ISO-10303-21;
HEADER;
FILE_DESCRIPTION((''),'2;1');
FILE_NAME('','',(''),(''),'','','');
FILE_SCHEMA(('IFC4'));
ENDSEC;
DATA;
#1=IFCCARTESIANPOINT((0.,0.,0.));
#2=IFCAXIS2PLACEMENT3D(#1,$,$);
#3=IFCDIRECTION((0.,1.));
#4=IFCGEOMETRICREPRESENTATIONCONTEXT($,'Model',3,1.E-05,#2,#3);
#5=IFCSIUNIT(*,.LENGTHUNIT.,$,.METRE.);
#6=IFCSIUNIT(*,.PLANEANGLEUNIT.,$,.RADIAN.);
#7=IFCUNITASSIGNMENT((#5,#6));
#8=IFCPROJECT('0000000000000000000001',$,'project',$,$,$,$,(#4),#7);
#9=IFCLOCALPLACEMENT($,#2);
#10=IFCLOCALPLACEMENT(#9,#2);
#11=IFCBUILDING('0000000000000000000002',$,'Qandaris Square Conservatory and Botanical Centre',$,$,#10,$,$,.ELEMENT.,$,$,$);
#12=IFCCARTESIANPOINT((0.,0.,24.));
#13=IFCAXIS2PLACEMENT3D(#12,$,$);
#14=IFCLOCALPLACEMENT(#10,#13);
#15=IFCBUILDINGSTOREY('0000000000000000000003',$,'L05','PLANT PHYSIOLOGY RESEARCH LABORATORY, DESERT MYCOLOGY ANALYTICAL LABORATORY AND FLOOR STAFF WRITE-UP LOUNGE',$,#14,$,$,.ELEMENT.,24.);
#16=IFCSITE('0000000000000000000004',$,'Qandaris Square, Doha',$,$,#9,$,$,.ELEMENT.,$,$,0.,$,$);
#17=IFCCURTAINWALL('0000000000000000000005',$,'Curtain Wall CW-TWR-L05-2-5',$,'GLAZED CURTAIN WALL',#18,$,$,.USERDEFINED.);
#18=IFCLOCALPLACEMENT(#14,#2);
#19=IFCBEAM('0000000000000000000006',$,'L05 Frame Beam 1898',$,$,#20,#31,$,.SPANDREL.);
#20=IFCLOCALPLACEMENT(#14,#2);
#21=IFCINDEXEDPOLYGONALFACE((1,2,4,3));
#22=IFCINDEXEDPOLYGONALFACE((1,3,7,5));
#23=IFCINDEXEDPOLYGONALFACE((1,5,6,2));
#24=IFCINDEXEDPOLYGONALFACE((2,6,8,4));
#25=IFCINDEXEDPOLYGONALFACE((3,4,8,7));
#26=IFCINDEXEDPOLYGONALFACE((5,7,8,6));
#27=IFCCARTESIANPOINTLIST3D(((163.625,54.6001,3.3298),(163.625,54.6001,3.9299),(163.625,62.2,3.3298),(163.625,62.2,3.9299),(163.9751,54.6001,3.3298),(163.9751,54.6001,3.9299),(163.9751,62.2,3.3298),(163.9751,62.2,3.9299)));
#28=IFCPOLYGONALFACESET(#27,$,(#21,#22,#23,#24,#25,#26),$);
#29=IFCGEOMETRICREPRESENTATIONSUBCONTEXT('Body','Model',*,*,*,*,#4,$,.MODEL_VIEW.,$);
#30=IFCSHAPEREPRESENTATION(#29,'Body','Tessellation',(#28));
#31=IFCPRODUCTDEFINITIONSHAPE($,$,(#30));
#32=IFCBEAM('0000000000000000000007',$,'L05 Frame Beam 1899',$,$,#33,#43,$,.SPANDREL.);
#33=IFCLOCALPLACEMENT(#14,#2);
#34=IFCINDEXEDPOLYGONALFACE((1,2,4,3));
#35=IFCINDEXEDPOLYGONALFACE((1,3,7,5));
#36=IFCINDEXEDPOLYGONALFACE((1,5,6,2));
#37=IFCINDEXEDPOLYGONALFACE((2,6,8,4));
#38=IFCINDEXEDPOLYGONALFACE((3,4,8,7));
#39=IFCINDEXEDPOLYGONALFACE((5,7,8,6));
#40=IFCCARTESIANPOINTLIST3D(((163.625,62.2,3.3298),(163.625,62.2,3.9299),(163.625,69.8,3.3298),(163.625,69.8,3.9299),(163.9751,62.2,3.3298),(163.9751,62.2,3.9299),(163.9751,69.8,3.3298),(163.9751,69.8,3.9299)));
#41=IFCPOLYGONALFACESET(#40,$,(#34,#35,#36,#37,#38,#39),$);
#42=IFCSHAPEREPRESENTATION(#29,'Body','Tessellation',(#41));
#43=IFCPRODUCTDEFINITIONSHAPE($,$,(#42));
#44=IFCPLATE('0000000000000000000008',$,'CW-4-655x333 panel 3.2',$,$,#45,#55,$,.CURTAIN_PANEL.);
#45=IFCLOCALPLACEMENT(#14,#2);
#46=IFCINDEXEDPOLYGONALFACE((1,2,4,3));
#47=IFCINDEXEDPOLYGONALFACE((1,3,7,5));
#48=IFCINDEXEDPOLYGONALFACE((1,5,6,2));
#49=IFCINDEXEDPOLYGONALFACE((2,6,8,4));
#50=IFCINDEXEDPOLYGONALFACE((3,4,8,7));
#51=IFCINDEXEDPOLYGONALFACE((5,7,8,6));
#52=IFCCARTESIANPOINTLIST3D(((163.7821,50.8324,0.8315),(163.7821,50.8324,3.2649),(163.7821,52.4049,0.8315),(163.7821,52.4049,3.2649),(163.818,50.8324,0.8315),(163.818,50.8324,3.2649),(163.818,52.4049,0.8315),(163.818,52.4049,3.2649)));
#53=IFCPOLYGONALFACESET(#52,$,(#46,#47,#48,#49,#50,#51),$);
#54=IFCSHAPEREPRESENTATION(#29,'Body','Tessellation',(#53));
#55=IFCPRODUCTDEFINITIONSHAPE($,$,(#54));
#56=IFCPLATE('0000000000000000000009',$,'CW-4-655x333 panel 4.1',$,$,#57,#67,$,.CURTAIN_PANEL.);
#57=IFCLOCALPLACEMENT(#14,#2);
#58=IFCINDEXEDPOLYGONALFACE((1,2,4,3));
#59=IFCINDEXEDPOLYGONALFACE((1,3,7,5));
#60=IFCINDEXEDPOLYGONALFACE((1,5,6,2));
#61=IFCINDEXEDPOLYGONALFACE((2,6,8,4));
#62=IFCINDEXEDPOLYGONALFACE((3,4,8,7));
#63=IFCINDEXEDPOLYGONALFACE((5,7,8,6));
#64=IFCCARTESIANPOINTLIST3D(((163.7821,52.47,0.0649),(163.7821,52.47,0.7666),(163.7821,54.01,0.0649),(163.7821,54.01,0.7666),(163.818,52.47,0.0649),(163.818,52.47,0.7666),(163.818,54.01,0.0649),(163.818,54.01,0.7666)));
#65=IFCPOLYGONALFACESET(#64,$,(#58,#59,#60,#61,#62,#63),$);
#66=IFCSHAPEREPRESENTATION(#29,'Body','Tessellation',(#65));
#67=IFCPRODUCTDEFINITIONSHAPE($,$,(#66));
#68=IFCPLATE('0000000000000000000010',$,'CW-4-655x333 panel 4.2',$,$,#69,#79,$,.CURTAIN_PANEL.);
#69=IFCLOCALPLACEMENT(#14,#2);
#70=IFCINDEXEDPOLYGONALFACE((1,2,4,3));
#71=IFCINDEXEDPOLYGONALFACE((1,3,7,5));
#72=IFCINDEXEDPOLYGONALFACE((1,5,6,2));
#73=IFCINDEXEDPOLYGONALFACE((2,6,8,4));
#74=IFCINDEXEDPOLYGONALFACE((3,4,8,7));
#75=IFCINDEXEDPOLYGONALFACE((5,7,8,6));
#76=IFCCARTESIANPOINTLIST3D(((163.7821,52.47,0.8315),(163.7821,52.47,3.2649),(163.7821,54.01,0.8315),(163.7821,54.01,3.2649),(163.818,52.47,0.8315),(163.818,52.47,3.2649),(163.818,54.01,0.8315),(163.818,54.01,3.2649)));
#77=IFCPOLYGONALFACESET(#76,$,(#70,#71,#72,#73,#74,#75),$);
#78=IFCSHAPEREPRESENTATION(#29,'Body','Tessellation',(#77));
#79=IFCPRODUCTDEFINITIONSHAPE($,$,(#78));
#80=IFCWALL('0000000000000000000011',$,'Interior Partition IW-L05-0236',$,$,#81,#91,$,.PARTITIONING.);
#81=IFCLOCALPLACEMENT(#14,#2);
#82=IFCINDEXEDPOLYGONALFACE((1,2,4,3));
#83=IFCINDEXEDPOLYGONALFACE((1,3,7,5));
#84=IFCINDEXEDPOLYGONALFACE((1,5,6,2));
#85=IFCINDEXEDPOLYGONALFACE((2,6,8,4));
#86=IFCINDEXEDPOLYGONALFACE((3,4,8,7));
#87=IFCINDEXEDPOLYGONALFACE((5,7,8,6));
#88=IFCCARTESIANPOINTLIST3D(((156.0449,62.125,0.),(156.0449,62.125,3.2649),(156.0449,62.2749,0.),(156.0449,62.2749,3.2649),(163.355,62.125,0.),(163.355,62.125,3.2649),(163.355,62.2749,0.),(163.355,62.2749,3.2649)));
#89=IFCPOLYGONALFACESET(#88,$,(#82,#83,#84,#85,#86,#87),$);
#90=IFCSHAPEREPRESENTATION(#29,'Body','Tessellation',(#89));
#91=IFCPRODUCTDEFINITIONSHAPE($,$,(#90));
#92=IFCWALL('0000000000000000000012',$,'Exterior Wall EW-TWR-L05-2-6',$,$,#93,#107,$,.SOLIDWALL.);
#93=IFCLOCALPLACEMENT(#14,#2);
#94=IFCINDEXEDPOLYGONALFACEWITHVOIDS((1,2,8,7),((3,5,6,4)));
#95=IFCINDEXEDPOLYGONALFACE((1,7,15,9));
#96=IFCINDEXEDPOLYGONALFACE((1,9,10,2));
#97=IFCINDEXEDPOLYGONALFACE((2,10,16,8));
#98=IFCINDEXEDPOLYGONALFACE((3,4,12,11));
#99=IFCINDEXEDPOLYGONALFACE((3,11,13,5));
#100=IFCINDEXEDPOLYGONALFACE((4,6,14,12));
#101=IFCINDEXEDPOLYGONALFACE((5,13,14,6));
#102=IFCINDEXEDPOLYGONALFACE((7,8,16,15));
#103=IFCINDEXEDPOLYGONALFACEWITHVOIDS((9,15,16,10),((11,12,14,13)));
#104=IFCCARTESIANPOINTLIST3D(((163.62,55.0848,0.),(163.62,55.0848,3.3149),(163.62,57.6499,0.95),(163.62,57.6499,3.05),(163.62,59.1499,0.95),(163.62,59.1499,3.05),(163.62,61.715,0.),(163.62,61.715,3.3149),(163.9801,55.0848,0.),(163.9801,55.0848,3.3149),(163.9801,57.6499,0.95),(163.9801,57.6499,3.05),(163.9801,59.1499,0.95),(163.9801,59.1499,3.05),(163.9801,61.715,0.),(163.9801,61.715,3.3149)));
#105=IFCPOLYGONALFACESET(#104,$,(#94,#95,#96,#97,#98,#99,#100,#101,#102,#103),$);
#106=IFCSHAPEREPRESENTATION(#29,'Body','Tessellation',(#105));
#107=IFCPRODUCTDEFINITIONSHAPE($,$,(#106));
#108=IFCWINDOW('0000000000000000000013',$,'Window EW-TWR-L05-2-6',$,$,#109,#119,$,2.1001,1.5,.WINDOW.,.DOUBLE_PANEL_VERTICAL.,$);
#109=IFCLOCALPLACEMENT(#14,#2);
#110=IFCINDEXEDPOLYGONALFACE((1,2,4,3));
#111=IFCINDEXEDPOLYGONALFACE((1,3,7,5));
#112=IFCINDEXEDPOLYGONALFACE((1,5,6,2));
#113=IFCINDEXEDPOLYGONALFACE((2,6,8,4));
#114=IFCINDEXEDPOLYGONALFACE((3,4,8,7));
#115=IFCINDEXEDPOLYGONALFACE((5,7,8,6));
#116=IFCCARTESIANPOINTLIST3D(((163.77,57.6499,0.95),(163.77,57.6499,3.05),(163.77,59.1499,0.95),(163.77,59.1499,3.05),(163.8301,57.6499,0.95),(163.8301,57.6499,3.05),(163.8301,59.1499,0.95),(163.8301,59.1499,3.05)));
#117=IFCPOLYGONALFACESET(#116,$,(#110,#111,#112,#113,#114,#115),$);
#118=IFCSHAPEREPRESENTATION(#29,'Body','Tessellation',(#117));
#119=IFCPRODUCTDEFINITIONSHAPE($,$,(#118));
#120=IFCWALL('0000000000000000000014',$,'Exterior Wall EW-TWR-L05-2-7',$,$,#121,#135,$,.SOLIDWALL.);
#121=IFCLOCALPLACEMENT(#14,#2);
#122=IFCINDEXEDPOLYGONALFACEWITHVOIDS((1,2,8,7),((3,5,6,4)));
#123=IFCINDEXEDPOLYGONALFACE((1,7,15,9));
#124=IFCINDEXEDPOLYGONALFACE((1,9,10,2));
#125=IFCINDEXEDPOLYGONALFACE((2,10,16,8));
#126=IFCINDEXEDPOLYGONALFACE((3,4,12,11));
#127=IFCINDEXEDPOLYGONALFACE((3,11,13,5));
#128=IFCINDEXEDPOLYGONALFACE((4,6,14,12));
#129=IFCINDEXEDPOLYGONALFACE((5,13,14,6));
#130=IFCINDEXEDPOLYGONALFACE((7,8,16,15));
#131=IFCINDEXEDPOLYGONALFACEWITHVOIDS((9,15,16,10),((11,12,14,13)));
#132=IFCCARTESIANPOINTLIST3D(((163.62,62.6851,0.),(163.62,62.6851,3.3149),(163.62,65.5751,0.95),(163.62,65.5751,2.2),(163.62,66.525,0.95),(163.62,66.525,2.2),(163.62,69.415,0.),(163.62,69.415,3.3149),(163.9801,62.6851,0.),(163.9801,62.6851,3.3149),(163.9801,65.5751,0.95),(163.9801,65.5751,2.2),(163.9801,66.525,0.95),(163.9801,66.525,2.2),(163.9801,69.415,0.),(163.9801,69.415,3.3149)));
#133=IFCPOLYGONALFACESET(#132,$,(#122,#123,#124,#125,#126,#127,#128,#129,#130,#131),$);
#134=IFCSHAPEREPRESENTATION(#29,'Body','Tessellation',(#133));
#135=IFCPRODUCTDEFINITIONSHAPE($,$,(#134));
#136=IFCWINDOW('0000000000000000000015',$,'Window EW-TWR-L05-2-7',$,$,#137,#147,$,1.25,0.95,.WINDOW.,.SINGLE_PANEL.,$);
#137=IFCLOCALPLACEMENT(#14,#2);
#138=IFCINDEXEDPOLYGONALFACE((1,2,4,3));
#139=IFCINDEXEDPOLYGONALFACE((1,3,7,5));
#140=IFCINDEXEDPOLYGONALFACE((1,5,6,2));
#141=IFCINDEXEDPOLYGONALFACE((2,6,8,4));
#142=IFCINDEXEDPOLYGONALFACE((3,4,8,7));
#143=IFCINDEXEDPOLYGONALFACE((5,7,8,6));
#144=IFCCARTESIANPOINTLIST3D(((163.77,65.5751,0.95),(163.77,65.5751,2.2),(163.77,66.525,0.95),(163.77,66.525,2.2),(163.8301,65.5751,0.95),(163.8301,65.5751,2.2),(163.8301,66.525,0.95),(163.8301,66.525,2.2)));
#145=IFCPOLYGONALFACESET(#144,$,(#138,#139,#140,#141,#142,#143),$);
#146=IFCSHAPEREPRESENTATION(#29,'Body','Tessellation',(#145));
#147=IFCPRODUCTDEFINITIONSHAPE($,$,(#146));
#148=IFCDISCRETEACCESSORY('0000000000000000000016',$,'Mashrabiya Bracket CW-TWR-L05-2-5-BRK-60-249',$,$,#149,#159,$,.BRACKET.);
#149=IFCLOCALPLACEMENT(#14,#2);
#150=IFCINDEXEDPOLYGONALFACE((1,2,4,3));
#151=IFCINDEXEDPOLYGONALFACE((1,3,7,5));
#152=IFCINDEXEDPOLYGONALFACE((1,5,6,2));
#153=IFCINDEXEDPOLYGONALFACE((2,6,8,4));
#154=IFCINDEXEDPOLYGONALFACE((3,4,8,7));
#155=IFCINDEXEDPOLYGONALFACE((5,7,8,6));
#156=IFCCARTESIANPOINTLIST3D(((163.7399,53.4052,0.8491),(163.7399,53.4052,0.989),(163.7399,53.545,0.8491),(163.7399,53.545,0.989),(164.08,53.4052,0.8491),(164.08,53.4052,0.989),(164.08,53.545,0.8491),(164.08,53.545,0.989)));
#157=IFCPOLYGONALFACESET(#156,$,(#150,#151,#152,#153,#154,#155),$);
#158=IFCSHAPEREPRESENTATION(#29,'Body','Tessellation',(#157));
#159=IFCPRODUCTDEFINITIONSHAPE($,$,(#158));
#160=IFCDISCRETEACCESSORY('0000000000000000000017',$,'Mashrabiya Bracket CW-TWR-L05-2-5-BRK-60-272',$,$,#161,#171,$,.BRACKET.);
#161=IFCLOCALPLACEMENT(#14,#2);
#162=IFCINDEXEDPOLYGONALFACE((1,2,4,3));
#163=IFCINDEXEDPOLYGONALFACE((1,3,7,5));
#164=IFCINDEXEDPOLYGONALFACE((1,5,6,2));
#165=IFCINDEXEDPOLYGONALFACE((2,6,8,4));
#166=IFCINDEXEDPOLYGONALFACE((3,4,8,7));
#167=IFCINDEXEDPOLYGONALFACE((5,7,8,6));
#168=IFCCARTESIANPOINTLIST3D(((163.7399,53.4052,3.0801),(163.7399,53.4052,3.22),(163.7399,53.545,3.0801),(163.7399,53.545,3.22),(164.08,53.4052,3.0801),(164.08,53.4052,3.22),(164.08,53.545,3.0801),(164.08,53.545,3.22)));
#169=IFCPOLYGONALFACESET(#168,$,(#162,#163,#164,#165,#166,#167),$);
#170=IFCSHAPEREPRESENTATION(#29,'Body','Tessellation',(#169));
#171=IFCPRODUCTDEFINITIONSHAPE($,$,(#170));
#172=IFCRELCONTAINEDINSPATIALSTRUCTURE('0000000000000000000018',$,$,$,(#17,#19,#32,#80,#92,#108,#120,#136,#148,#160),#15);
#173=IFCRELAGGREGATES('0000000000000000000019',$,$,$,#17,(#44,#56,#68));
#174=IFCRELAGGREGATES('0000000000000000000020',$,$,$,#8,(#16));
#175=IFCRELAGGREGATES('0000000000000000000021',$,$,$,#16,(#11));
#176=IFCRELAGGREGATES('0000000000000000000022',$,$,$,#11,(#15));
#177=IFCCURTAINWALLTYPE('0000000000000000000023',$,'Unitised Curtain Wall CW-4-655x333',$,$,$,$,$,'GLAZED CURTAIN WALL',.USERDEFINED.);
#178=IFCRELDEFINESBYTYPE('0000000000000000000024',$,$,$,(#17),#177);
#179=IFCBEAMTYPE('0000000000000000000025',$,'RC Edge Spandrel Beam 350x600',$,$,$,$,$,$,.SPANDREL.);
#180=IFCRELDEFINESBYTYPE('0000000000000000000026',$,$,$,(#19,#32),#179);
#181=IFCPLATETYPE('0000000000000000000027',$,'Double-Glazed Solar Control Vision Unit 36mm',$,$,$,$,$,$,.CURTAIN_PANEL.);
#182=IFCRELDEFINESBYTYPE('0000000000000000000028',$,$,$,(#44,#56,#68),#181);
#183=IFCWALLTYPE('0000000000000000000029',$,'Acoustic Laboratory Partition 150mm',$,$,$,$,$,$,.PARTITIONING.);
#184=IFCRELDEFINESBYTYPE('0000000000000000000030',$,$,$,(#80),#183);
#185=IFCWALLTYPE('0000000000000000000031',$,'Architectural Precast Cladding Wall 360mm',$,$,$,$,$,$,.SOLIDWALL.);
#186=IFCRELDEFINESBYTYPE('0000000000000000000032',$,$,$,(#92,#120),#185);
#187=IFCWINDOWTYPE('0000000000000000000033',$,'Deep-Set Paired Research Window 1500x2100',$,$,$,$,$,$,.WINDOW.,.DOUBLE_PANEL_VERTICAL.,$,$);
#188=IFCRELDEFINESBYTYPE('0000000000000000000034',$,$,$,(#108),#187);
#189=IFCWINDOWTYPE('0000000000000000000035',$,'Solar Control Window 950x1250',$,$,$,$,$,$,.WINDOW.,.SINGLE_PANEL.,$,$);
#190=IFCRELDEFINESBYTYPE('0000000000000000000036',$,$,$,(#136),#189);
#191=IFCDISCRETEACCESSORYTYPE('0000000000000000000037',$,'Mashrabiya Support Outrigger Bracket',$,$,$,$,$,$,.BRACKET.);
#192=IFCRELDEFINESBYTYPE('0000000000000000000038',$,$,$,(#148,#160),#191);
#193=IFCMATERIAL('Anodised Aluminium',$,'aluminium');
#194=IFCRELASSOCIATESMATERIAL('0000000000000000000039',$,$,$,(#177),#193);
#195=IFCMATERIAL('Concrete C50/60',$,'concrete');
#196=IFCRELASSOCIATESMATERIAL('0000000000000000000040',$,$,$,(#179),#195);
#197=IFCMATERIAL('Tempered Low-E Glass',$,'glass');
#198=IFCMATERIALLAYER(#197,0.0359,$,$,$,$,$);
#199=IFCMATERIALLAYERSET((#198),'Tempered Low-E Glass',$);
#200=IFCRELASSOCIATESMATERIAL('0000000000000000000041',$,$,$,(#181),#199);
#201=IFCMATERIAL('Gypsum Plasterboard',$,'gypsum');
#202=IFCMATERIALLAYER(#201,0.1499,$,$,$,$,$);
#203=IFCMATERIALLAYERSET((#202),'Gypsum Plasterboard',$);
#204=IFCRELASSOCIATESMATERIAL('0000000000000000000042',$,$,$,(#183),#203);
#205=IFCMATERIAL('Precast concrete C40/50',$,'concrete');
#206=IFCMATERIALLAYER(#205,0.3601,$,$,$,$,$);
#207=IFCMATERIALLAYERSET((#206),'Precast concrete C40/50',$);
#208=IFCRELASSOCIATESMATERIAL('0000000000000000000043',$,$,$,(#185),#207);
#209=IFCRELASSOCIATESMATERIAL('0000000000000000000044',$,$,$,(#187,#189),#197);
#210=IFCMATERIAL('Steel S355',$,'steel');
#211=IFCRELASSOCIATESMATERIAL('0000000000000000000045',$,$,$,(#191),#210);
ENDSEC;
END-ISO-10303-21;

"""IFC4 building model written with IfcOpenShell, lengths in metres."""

from ifc_helpers import new_model, si_unit, direction, frame, frame_2d, origin, origin_2d, place, context, subcontext, project, spatial, rectangle, extrude, material, layer, layer_set, material_profile, profile_set, type_object, element, fill, aggregate, save


model = new_model("IFC4")

# Units and contexts
model_context = context("Model", 3, precision=1e-05, world=origin(), true_north=direction((0.0, 1.0)))
body_context = subcontext(model_context, "Body", "Model", "MODEL_VIEW")
ifc_project = project(units=[si_unit("LENGTHUNIT", "METRE"), si_unit("PLANEANGLEUNIT", "RADIAN")], contexts=[model_context])

# Site, building, storey
site_placement = place(None, origin())
site = spatial("IfcSite", under=ifc_project, at=site_placement, Name="Qandaris Square, Doha", CompositionType="ELEMENT", RefElevation=0.0)
building_placement = place(site_placement, origin())
building = spatial("IfcBuilding", under=site, at=building_placement, Name="Qandaris Square Conservatory and Botanical Centre", CompositionType="ELEMENT")
storey_placement = place(building_placement, frame((0.0, 0.0, 24.0)))
storey = spatial("IfcBuildingStorey", under=building, at=storey_placement, Name="L05", Description="PLANT PHYSIOLOGY RESEARCH LABORATORY, DESERT MYCOLOGY ANALYTICAL LABORATORY AND FLOOR STAFF WRITE-UP LOUNGE", CompositionType="ELEMENT", Elevation=24.0)

# Shared definitions
ifc_material_1 = material(Name="Concrete C50/60", Category="concrete")

# Shared definitions
ifc_material_2 = material(Name="Steel S355", Category="steel")

# Curtain wall
ifc_material_3 = material(Name="Anodised Aluminium", Category="aluminium")
curtain_wall_type = type_object("IfcCurtainWallType", Name="Unitised Curtain Wall CW-4-655x333", ElementType="GLAZED CURTAIN WALL", PredefinedType="USERDEFINED", material=ifc_material_3)
curtain_wall_placement = place(storey_placement, origin())
curtain_wall = element("IfcCurtainWall", 1, at=curtain_wall_placement, inside=storey, type_object=curtain_wall_type, Name="Curtain Wall CW-TWR-L05-2-5", ObjectType="GLAZED CURTAIN WALL", PredefinedType="USERDEFINED")

# Beams
ifc_material_profile_1 = material_profile(ifc_material_1, rectangle(XDim=0.3501, YDim=0.6001, at=origin_2d()), Name="RC-SP 350x600")
ifc_profile_set_1 = profile_set([ifc_material_profile_1], Name="Concrete C50/60")
beam_type_1 = type_object("IfcBeamType", Name="RC Edge Spandrel Beam 350x600", PredefinedType="SPANDREL", material=ifc_profile_set_1)
beam_1_placement = place(storey_placement, frame((163.8, 54.6001, 3.6299), z_axis=(0.0, 1.0, 0.0), x_axis=(-1.0, 0.0, 0.0)))
element("IfcBeam", 2, at=beam_1_placement, inside=storey, type_object=beam_type_1, Name="L05 Frame Beam 1898", PredefinedType="SPANDREL", context=body_context, shape_type="SweptSolid", body=[
    extrude(rectangle(XDim=0.3501, YDim=0.6001, at=origin_2d()), origin(), (0.0, 0.0, 1.0), 7.5999),
])
beam_2_placement = place(storey_placement, frame((163.8, 62.2, 3.6299), z_axis=(0.0, 1.0, 0.0), x_axis=(-1.0, 0.0, 0.0)))
element("IfcBeam", 3, at=beam_2_placement, inside=storey, type_object=beam_type_1, Name="L05 Frame Beam 1899", PredefinedType="SPANDREL", context=body_context, shape_type="SweptSolid", body=[
    extrude(rectangle(XDim=0.3501, YDim=0.6001, at=origin_2d()), origin(), (0.0, 0.0, 1.0), 7.6001),
])

# Plates
ifc_material_4 = material(Name="Tempered Low-E Glass", Category="glass")
ifc_layer_1 = layer(ifc_material_4, 0.0359)
ifc_layer_set_1 = layer_set([ifc_layer_1], Name="Tempered Low-E Glass")
plate_type = type_object("IfcPlateType", Name="Double-Glazed Solar Control Vision Unit 36mm", PredefinedType="CURTAIN_PANEL", material=ifc_layer_set_1)
plate_1_placement = place(storey_placement, frame((163.8, 51.6187, 0.8315), z_axis=(0.0, 0.0, 1.0), x_axis=(0.0, 1.0, 0.0)))
plate_1 = element("IfcPlate", 4, at=plate_1_placement, type_object=plate_type, Name="CW-4-655x333 panel 3.2", PredefinedType="CURTAIN_PANEL", context=body_context, shape_type="SweptSolid", body=[
    extrude(rectangle(XDim=1.5725, YDim=0.0359, at=origin_2d()), origin(), (0.0, 0.0, 1.0), 2.4333),
])
plate_2_placement = place(storey_placement, frame((163.8, 53.24, 0.0649), z_axis=(0.0, 0.0, 1.0), x_axis=(0.0, 1.0, 0.0)))
plate_2 = element("IfcPlate", 5, at=plate_2_placement, type_object=plate_type, Name="CW-4-655x333 panel 4.1", PredefinedType="CURTAIN_PANEL", context=body_context, shape_type="SweptSolid", body=[
    extrude(rectangle(XDim=1.54, YDim=0.0359, at=origin_2d()), origin(), (0.0, 0.0, 1.0), 0.7017),
])
plate_3_placement = place(storey_placement, frame((163.8, 53.24, 0.8315), z_axis=(0.0, 0.0, 1.0), x_axis=(0.0, 1.0, 0.0)))
plate_3 = element("IfcPlate", 6, at=plate_3_placement, type_object=plate_type, Name="CW-4-655x333 panel 4.2", PredefinedType="CURTAIN_PANEL", context=body_context, shape_type="SweptSolid", body=[
    extrude(rectangle(XDim=1.54, YDim=0.0359, at=origin_2d()), origin(), (0.0, 0.0, 1.0), 2.4333),
])
aggregate(curtain_wall, [plate_1, plate_2, plate_3])

# Wall
ifc_material_5 = material(Name="Gypsum Plasterboard", Category="gypsum")
ifc_layer_2 = layer(ifc_material_5, 0.1499)
ifc_layer_set_2 = layer_set([ifc_layer_2], Name="Gypsum Plasterboard")
wall_type_1 = type_object("IfcWallType", Name="Acoustic Laboratory Partition 150mm", PredefinedType="PARTITIONING", material=ifc_layer_set_2)
wall_1_placement = place(storey_placement, frame((156.0449, 62.2, 0.0), z_axis=(0.0, 0.0, 1.0), x_axis=(1.0, 0.0, 0.0)))
element("IfcWall", 7, at=wall_1_placement, inside=storey, type_object=wall_type_1, Name="Interior Partition IW-L05-0236", PredefinedType="PARTITIONING", context=body_context, shape_type="SweptSolid", body=[
    extrude(rectangle(XDim=7.3101, YDim=0.1499, at=frame_2d((3.655, 0.0))), origin(), (0.0, 0.0, 1.0), 3.2649),
])

# Walls, openings, windows
ifc_material_6 = material(Name="Precast concrete C40/50", Category="concrete")
ifc_layer_3 = layer(ifc_material_6, 0.3601)
ifc_layer_set_3 = layer_set([ifc_layer_3], Name="Precast concrete C40/50")
wall_type_2 = type_object("IfcWallType", Name="Architectural Precast Cladding Wall 360mm", PredefinedType="SOLIDWALL", material=ifc_layer_set_3)
wall_2_placement = place(storey_placement, frame((163.8, 55.085, 0.0), z_axis=(0.0, 0.0, 1.0), x_axis=(0.0, 1.0, 0.0)))
wall_2 = element("IfcWall", 8, at=wall_2_placement, inside=storey, type_object=wall_type_2, Name="Exterior Wall EW-TWR-L05-2-6", PredefinedType="SOLIDWALL", context=body_context, shape_type="SweptSolid", body=[
    extrude(rectangle(XDim=6.6301, YDim=0.3601, at=frame_2d((3.3149, 0.0))), origin(), (0.0, 0.0, 1.0), 3.3149),
])
opening_1_placement = place(wall_2_placement, frame((2.5649, 0.0, 0.95)))
opening_1 = element("IfcOpeningElement", 9, at=opening_1_placement, cuts=wall_2, PredefinedType="OPENING", context=body_context, shape_type="SweptSolid", body=[
    extrude(rectangle(XDim=1.5, YDim=2.1001, at=frame_2d((0.75, 1.05))), frame((0.0, 0.1919, 0.0), z_axis=(0.0, -1.0, 0.0), x_axis=(1.0, 0.0, 0.0)), (0.0, 0.0, 1.0), 0.384),
])
window_type_1 = type_object("IfcWindowType", Name="Deep-Set Paired Research Window 1500x2100", PartitioningType="DOUBLE_PANEL_VERTICAL", PredefinedType="WINDOW", material=ifc_material_4)
window_1_placement = place(opening_1_placement, origin())
window_1 = element("IfcWindow", 10, at=window_1_placement, inside=storey, type_object=window_type_1, Name="Window EW-TWR-L05-2-6", OverallHeight=2.1001, OverallWidth=1.5, PartitioningType="DOUBLE_PANEL_VERTICAL", PredefinedType="WINDOW", context=body_context, shape_type="SweptSolid", body=[
    extrude(rectangle(XDim=1.5, YDim=2.1001, at=frame_2d((0.75, 1.05))), frame((0.0, 0.03, 0.0), z_axis=(0.0, -1.0, 0.0), x_axis=(1.0, 0.0, 0.0)), (0.0, 0.0, 1.0), 0.0601),
])
fill(opening_1, window_1)
wall_3_placement = place(storey_placement, frame((163.8, 62.6851, 0.0), z_axis=(0.0, 0.0, 1.0), x_axis=(0.0, 1.0, 0.0)))
wall_3 = element("IfcWall", 11, at=wall_3_placement, inside=storey, type_object=wall_type_2, Name="Exterior Wall EW-TWR-L05-2-7", PredefinedType="SOLIDWALL", context=body_context, shape_type="SweptSolid", body=[
    extrude(rectangle(XDim=6.73, YDim=0.3601, at=frame_2d((3.365, 0.0))), origin(), (0.0, 0.0, 1.0), 3.3149),
])
opening_2_placement = place(wall_3_placement, frame((2.8899, 0.0, 0.95)))
opening_2 = element("IfcOpeningElement", 12, at=opening_2_placement, cuts=wall_3, PredefinedType="OPENING", context=body_context, shape_type="SweptSolid", body=[
    extrude(rectangle(XDim=0.95, YDim=1.25, at=frame_2d((0.4751, 0.625))), frame((0.0, 0.1919, 0.0), z_axis=(0.0, -1.0, 0.0), x_axis=(1.0, 0.0, 0.0)), (0.0, 0.0, 1.0), 0.384),
])
window_type_2 = type_object("IfcWindowType", Name="Solar Control Window 950x1250", PartitioningType="SINGLE_PANEL", PredefinedType="WINDOW", material=ifc_material_4)
window_2_placement = place(opening_2_placement, origin())
window_2 = element("IfcWindow", 13, at=window_2_placement, inside=storey, type_object=window_type_2, Name="Window EW-TWR-L05-2-7", OverallHeight=1.25, OverallWidth=0.95, PartitioningType="SINGLE_PANEL", PredefinedType="WINDOW", context=body_context, shape_type="SweptSolid", body=[
    extrude(rectangle(XDim=0.95, YDim=1.25, at=frame_2d((0.4751, 0.625))), frame((0.0, 0.03, 0.0), z_axis=(0.0, -1.0, 0.0), x_axis=(1.0, 0.0, 0.0)), (0.0, 0.0, 1.0), 0.0601),
])
fill(opening_2, window_2)

# Discrete accessories
discrete_accessory_type = type_object("IfcDiscreteAccessoryType", Name="Mashrabiya Support Outrigger Bracket", PredefinedType="BRACKET", material=ifc_material_2)
for number, where, z_axis, x_axis, name in (
    (14, (163.9099, 53.4751, 0.8491), (0.0, 0.0, 1.0), (0.0, 1.0, 0.0), "Mashrabiya Bracket CW-TWR-L05-2-5-BRK-60-249"),
    (15, (163.9099, 53.4751, 3.0801), (0.0, 0.0, 1.0), (0.0, 1.0, 0.0), "Mashrabiya Bracket CW-TWR-L05-2-5-BRK-60-272"),
):
    element("IfcDiscreteAccessory", number, at=place(storey_placement, frame(where, z_axis=z_axis, x_axis=x_axis)), inside=storey, type_object=discrete_accessory_type, Name=name, PredefinedType="BRACKET", context=body_context, shape_type="SweptSolid", body=[
        extrude(rectangle(XDim=0.1399, YDim=0.3401, at=origin_2d()), origin(), (0.0, 0.0, 1.0), 0.1399),
    ])

save(model, "model.ifc")
